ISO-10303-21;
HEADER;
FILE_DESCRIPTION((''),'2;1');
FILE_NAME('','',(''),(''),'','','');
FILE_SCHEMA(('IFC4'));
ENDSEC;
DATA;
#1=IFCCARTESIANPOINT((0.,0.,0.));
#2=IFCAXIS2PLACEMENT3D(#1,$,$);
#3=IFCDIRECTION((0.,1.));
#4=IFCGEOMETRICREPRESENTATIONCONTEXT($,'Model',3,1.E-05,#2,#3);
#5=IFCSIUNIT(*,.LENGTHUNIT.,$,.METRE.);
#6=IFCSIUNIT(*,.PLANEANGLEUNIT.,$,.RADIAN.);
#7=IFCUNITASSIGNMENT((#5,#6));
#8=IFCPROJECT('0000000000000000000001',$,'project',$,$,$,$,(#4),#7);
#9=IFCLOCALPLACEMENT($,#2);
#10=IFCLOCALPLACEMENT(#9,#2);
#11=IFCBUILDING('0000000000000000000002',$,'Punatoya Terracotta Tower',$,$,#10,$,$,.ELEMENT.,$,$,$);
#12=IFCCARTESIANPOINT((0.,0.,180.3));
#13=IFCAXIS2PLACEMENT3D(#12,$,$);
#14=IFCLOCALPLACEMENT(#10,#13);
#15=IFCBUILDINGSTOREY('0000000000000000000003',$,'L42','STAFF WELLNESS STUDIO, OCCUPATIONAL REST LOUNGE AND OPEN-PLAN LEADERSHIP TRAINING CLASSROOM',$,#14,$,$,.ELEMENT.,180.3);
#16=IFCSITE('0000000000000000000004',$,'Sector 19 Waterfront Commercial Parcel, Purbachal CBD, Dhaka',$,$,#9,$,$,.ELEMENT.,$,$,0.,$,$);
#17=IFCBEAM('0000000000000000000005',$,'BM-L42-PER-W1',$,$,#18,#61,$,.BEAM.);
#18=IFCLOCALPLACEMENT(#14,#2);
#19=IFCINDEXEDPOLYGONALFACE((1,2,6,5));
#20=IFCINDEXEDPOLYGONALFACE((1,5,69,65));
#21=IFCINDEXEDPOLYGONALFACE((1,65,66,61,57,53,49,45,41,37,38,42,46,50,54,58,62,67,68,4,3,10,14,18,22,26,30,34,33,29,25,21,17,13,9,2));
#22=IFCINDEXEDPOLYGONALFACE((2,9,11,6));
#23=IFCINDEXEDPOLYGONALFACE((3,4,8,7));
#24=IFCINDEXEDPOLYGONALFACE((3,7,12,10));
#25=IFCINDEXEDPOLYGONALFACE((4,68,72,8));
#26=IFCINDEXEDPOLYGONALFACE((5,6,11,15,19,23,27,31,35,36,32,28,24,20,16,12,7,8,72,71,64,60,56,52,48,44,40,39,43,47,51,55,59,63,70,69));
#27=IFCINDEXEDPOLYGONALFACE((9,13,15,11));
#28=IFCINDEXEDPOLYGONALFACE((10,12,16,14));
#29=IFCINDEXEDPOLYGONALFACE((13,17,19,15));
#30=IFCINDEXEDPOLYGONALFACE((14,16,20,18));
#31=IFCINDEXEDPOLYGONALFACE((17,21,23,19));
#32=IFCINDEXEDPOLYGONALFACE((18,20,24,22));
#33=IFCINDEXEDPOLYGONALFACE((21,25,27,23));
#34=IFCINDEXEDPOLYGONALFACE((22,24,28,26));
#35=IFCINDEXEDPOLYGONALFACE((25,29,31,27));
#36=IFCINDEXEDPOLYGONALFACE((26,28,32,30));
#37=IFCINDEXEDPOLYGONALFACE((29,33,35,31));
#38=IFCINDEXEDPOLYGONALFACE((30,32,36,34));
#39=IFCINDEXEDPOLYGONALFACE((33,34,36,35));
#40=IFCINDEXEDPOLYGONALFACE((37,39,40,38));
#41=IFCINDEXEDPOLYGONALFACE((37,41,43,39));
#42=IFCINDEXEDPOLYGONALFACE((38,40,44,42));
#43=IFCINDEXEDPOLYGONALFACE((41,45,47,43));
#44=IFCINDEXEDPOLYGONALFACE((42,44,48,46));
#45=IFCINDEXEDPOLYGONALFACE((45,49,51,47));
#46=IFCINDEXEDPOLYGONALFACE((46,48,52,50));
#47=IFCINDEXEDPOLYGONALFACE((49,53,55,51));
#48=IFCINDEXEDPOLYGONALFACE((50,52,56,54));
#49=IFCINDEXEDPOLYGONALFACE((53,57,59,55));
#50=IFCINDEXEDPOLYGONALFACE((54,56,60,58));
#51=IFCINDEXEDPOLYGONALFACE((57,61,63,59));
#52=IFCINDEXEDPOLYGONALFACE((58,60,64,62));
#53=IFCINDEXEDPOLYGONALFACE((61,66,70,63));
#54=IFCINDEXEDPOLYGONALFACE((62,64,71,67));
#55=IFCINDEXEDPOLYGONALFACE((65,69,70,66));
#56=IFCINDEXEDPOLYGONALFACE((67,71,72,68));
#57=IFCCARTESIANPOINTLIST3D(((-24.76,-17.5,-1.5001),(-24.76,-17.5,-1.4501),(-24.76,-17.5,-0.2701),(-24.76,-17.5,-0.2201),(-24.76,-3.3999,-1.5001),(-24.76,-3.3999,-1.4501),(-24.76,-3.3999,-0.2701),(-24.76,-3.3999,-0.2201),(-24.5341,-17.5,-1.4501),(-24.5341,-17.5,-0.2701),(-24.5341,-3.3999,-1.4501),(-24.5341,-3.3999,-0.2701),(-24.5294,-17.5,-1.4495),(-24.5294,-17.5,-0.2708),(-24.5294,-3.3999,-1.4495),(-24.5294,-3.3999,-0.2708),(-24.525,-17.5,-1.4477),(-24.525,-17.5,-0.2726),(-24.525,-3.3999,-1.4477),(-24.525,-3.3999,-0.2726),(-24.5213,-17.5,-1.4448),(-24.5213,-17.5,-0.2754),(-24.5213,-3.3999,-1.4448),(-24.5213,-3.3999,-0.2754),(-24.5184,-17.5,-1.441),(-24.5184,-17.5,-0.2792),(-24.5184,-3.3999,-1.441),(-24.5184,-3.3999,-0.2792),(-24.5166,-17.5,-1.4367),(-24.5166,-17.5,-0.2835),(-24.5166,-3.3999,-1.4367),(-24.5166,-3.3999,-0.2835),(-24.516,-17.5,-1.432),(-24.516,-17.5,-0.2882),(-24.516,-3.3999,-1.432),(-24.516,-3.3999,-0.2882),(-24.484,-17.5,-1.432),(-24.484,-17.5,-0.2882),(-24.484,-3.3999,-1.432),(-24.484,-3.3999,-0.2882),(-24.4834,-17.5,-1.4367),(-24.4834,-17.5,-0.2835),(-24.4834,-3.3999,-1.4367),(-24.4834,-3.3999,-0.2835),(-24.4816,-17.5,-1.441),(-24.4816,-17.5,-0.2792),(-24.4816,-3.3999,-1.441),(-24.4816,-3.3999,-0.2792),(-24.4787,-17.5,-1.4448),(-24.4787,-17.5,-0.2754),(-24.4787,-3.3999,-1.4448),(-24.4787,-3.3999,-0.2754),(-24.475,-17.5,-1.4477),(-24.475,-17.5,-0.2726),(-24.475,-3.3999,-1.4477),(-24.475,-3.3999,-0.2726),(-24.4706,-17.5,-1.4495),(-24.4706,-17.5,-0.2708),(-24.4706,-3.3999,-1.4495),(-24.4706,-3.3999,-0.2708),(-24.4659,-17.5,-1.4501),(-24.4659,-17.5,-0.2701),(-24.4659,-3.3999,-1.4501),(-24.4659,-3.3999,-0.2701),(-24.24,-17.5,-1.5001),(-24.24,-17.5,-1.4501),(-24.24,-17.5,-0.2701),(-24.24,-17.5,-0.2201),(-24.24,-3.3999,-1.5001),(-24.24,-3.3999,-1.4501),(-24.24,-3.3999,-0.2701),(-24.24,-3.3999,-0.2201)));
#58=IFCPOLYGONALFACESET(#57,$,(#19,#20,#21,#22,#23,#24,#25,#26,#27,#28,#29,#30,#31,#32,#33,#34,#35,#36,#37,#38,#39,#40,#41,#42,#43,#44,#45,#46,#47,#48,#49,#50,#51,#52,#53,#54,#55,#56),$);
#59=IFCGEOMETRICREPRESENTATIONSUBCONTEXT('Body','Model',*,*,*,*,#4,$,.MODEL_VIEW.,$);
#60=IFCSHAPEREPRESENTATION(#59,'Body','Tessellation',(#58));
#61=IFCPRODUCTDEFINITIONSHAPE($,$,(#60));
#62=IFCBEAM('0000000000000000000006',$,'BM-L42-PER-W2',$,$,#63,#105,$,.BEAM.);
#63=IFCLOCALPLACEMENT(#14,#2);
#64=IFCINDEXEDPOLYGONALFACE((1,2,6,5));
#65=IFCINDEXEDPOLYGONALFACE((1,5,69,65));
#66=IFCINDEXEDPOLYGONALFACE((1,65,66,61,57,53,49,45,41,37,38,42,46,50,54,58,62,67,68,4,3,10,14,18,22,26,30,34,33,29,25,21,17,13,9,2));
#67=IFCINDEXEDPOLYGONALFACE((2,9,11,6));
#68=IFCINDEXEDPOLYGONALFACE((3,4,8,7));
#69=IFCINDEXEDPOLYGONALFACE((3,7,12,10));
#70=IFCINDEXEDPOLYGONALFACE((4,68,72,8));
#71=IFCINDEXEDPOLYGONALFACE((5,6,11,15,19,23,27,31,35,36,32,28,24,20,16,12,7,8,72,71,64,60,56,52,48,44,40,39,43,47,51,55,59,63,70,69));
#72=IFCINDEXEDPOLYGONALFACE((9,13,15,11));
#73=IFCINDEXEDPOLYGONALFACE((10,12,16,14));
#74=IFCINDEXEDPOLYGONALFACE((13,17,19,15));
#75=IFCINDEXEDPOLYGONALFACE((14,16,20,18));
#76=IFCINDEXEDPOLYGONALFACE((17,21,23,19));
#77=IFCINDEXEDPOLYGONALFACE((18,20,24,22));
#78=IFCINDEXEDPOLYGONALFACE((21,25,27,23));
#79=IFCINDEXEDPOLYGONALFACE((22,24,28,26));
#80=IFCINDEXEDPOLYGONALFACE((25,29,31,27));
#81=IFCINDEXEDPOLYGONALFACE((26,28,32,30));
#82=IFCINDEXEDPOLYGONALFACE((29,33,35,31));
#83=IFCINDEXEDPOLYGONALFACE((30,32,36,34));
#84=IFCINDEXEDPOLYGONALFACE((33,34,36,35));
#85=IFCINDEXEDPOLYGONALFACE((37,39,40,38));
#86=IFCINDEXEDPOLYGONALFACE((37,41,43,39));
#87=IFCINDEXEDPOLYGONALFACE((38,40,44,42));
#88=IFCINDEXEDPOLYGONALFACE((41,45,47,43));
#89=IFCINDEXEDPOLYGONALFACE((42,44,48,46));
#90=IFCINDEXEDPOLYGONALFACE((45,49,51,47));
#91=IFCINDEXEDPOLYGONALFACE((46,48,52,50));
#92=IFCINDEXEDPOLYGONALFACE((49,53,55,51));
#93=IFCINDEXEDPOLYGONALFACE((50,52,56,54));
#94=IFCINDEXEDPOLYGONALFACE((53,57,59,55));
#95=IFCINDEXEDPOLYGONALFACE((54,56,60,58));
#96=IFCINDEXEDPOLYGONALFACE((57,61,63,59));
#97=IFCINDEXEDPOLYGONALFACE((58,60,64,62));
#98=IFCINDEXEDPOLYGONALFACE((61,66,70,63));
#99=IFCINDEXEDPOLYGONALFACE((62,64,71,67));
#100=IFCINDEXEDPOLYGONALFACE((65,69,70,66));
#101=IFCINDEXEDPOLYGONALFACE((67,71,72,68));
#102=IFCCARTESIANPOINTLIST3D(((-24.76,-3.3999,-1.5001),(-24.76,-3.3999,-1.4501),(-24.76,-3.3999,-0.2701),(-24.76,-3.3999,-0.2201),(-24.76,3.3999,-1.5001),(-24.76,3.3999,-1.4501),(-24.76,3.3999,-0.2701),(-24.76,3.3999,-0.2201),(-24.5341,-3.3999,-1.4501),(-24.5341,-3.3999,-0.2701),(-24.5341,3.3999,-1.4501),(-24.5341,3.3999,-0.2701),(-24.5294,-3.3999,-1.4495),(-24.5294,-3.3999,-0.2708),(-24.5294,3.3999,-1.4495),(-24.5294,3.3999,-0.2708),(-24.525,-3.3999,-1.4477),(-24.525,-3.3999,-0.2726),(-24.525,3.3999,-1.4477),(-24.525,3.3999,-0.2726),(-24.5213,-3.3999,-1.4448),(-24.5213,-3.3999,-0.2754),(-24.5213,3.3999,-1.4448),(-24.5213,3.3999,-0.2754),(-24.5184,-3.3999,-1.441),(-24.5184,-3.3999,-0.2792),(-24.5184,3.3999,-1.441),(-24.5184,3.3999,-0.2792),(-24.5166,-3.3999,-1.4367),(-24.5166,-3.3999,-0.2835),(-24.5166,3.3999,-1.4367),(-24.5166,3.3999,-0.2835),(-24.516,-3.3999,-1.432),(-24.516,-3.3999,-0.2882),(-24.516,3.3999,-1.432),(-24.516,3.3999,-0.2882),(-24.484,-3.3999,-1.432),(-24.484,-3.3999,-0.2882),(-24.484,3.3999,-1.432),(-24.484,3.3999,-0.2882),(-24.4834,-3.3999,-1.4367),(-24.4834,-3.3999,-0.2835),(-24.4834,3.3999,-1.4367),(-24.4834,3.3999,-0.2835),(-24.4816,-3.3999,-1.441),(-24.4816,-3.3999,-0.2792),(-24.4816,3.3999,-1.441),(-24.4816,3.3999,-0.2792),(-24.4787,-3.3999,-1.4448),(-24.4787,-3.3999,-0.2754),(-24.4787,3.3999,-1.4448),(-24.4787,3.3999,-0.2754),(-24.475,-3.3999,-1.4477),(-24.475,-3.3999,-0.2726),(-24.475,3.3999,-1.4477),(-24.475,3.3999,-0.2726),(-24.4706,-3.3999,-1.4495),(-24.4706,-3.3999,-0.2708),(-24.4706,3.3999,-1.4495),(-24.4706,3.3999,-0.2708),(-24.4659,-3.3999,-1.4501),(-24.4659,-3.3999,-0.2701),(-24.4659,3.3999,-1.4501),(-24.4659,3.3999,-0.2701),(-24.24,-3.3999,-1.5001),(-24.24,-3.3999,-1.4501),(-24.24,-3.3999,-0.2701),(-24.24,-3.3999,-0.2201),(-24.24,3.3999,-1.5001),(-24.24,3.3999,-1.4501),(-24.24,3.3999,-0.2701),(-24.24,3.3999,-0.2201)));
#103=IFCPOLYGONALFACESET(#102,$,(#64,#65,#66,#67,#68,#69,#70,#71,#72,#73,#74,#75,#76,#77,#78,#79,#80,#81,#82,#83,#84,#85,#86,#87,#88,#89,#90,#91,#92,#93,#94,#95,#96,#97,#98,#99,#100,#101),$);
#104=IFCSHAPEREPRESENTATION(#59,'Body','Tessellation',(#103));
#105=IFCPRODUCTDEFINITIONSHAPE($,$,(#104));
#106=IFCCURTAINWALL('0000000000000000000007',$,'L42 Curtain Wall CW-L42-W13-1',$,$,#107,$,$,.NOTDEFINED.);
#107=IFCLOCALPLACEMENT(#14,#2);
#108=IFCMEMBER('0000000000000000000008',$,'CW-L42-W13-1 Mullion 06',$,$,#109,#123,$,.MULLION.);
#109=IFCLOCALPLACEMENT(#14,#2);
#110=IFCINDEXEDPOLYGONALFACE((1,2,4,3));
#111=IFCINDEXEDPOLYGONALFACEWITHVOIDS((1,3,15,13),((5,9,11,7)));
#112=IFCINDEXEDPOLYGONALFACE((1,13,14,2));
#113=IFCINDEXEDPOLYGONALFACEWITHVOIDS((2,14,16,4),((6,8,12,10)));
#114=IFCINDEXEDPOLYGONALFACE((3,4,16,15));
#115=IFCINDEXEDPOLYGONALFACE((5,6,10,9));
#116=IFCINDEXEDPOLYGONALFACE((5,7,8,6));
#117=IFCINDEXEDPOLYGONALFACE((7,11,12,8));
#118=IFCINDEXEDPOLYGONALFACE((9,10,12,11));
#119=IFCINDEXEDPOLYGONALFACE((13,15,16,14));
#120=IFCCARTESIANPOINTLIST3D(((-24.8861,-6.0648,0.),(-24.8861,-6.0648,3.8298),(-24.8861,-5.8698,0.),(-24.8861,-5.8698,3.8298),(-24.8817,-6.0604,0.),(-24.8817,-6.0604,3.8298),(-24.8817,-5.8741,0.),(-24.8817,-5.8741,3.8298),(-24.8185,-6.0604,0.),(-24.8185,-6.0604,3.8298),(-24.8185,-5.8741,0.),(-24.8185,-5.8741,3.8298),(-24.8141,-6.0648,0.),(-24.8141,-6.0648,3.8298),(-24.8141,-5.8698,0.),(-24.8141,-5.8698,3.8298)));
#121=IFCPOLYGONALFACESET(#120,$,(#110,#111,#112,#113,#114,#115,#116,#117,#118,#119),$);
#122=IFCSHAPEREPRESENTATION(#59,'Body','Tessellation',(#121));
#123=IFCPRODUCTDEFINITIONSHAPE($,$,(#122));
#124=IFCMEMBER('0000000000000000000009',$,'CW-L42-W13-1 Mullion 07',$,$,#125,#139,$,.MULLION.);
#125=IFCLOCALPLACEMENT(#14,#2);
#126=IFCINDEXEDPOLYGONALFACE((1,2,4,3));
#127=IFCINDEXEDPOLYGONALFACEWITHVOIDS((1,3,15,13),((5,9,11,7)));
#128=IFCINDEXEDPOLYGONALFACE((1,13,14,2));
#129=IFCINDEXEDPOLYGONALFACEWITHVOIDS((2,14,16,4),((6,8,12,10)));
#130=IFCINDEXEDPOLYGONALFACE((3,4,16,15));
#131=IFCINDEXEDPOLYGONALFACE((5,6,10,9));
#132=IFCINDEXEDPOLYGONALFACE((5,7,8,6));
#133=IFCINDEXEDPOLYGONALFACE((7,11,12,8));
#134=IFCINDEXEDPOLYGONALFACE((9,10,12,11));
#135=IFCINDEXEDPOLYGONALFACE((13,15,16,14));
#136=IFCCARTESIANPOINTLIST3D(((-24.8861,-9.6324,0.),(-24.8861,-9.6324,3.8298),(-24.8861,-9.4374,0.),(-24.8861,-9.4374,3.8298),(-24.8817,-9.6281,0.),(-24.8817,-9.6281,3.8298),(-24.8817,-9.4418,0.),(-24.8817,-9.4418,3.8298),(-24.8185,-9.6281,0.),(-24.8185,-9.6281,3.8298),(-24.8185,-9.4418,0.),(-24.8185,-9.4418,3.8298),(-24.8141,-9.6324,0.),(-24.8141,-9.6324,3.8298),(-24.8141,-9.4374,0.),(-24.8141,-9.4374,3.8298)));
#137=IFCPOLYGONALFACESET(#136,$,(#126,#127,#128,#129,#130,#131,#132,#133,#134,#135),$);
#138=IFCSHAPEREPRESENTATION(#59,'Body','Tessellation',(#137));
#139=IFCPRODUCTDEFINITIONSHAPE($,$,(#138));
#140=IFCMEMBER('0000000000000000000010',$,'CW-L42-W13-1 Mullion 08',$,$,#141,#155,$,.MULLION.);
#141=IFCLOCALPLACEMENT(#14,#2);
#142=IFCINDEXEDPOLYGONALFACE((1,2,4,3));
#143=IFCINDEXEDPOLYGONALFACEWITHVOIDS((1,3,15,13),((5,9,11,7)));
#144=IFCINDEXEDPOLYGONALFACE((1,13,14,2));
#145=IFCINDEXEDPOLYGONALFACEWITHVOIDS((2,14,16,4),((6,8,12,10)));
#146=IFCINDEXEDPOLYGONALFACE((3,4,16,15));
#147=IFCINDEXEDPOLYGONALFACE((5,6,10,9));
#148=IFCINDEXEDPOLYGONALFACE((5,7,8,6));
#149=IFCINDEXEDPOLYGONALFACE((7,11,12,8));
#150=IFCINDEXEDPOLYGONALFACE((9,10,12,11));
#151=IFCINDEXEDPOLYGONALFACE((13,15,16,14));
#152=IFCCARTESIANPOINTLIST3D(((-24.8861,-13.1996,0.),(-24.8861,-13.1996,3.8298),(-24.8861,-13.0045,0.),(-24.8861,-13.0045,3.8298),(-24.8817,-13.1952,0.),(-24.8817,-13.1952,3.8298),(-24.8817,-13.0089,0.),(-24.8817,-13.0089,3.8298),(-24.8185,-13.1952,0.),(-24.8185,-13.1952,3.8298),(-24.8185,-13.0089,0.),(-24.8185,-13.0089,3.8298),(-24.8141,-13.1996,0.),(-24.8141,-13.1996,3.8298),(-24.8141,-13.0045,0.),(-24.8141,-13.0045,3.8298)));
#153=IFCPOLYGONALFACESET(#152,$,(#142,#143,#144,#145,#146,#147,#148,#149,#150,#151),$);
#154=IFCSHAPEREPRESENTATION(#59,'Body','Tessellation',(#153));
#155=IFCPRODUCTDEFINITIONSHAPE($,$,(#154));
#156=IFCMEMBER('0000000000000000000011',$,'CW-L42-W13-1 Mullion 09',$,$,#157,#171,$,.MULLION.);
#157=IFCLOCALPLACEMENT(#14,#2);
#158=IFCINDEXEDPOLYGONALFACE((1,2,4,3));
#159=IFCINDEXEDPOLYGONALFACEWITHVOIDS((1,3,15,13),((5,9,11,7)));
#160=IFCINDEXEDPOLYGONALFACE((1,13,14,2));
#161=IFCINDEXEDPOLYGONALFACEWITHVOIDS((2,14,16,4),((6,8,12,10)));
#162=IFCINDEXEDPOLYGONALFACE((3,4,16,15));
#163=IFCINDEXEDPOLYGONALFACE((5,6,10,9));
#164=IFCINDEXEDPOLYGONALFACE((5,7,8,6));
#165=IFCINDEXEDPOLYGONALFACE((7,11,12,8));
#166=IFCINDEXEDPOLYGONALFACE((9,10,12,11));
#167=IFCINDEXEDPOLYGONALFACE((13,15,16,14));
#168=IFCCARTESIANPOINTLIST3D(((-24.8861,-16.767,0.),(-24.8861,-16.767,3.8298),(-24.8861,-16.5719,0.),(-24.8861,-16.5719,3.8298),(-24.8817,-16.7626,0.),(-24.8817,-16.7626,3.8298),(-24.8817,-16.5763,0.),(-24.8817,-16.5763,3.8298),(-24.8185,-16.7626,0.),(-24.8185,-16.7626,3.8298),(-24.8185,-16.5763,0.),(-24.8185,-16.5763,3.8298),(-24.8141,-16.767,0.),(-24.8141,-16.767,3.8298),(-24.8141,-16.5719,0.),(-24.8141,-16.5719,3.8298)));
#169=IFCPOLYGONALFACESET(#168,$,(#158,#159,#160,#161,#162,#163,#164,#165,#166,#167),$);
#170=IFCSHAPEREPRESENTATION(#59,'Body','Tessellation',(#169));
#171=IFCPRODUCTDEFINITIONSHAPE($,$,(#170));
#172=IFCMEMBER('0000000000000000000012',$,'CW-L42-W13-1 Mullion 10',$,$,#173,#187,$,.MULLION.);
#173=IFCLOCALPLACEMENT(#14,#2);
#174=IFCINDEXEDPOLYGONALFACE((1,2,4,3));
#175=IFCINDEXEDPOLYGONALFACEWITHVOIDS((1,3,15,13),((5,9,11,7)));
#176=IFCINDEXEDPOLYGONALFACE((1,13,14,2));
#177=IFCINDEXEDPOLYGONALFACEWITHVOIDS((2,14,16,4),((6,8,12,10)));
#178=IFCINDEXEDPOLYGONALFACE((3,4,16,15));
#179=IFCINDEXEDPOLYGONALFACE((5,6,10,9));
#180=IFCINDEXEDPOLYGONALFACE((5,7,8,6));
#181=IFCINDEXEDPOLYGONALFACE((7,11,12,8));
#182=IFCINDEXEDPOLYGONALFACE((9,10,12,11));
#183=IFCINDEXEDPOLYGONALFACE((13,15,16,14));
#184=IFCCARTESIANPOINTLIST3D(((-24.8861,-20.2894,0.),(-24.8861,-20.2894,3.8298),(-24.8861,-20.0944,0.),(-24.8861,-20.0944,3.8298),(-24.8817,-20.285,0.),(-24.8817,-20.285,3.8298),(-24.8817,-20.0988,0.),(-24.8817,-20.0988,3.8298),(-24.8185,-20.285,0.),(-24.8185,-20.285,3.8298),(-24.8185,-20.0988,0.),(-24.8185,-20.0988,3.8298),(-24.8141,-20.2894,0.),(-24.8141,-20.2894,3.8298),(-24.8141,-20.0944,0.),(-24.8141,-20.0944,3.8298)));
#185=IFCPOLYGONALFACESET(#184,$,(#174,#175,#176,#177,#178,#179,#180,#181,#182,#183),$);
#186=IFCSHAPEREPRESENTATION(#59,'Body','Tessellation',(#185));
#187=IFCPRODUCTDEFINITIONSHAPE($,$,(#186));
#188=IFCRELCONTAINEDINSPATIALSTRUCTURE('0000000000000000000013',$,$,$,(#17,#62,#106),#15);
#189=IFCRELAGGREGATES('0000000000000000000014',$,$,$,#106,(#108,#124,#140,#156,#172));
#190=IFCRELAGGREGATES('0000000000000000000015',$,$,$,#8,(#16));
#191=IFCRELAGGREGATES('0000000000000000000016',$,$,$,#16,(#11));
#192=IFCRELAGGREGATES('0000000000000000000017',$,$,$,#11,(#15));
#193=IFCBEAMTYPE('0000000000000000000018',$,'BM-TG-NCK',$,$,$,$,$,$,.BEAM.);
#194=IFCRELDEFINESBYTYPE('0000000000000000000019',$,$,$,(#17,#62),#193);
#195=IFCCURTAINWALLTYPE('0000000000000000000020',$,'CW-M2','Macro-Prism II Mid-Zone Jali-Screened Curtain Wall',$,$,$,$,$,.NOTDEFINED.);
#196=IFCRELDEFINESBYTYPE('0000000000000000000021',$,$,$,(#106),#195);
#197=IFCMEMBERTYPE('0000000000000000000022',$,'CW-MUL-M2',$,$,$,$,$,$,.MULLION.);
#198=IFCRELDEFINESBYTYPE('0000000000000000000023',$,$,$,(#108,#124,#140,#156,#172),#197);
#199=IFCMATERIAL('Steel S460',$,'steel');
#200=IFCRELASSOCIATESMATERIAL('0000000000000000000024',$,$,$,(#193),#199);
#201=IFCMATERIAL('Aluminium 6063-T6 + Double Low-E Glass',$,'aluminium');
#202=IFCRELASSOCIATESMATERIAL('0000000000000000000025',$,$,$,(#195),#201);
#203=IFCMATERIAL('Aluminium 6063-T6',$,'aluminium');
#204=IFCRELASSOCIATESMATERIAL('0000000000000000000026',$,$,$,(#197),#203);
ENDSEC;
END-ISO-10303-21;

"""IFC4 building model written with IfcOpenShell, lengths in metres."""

from ifc_helpers import new_model, si_unit, direction, frame, origin, origin_2d, place, context, subcontext, project, spatial, hollow_rectangle, i_section, extrude, material, material_profile, profile_set, type_object, element, aggregate, save


model = new_model("IFC4")

# Units and contexts
model_context = context("Model", 3, precision=1e-05, world=origin(), true_north=direction((0.0, 1.0)))
body_context = subcontext(model_context, "Body", "Model", "MODEL_VIEW")
ifc_project = project(units=[si_unit("LENGTHUNIT", "METRE"), si_unit("PLANEANGLEUNIT", "RADIAN")], contexts=[model_context])

# Site, building, storey
site_placement = place(None, origin())
site = spatial("IfcSite", under=ifc_project, at=site_placement, Name="Sector 19 Waterfront Commercial Parcel, Purbachal CBD, Dhaka", CompositionType="ELEMENT", RefElevation=0.0)
building_placement = place(site_placement, origin())
building = spatial("IfcBuilding", under=site, at=building_placement, Name="Punatoya Terracotta Tower", CompositionType="ELEMENT")
storey_placement = place(building_placement, frame((0.0, 0.0, 180.3)))
storey = spatial("IfcBuildingStorey", under=building, at=storey_placement, Name="L42", Description="STAFF WELLNESS STUDIO, OCCUPATIONAL REST LOUNGE AND OPEN-PLAN LEADERSHIP TRAINING CLASSROOM", CompositionType="ELEMENT", Elevation=180.3)

# Shared definitions
ifc_material_1 = material(Name="Steel S460", Category="steel")

# Beams
ifc_material_profile_1 = material_profile(ifc_material_1, i_section(OverallWidth=0.52, OverallDepth=1.28, WebThickness=0.032, FlangeThickness=0.05, FilletRadius=0.0181, at=origin_2d()))
ifc_profile_set_1 = profile_set([ifc_material_profile_1], Name="Steel S460")
beam_type_1 = type_object("IfcBeamType", Name="BM-TG-NCK", PredefinedType="BEAM", material=ifc_profile_set_1)
beam_1_placement = place(storey_placement, frame((-24.5, -17.5, -0.8601), z_axis=(0.0, 1.0, 0.0), x_axis=(-1.0, 0.0, 0.0)))
element("IfcBeam", 1, at=beam_1_placement, inside=storey, type_object=beam_type_1, Name="BM-L42-PER-W1", PredefinedType="BEAM", context=body_context, shape_type="SweptSolid", body=[
    extrude(i_section(OverallWidth=0.52, OverallDepth=1.28, WebThickness=0.032, FlangeThickness=0.05, FilletRadius=0.0181, at=origin_2d()), origin(), (0.0, 0.0, 1.0), 14.1001),
])
beam_2_placement = place(storey_placement, frame((-24.5, -3.3999, -0.8601), z_axis=(0.0, 1.0, 0.0), x_axis=(-1.0, 0.0, 0.0)))
element("IfcBeam", 2, at=beam_2_placement, inside=storey, type_object=beam_type_1, Name="BM-L42-PER-W2", PredefinedType="BEAM", context=body_context, shape_type="SweptSolid", body=[
    extrude(i_section(OverallWidth=0.52, OverallDepth=1.28, WebThickness=0.032, FlangeThickness=0.05, FilletRadius=0.0181, at=origin_2d()), origin(), (0.0, 0.0, 1.0), 6.7998),
])

# Curtain wall, members
ifc_material_2 = material(Name="Aluminium 6063-T6 + Double Low-E Glass", Category="aluminium")
curtain_wall_type = type_object("IfcCurtainWallType", Name="CW-M2", Description="Macro-Prism II Mid-Zone Jali-Screened Curtain Wall", PredefinedType="NOTDEFINED", material=ifc_material_2)
curtain_wall_placement = place(storey_placement, origin())
curtain_wall = element("IfcCurtainWall", 3, at=curtain_wall_placement, inside=storey, type_object=curtain_wall_type, Name="L42 Curtain Wall CW-L42-W13-1", PredefinedType="NOTDEFINED")
ifc_material_3 = material(Name="Aluminium 6063-T6", Category="aluminium")
ifc_material_profile_2 = material_profile(ifc_material_3, hollow_rectangle(XDim=0.072, YDim=0.1951, WallThickness=0.0044, at=origin_2d()))
ifc_profile_set_2 = profile_set([ifc_material_profile_2], Name="Aluminium 6063-T6")
member_type = type_object("IfcMemberType", Name="CW-MUL-M2", PredefinedType="MULLION", material=ifc_profile_set_2)
member_1_placement = place(storey_placement, frame((-24.8501, -5.9673, 0.0), z_axis=(0.0, 0.0, 1.0), x_axis=(1.0, 0.0, 0.0)))
member_1 = element("IfcMember", 4, at=member_1_placement, type_object=member_type, Name="CW-L42-W13-1 Mullion 06", PredefinedType="MULLION", context=body_context, shape_type="SweptSolid", body=[
    extrude(hollow_rectangle(XDim=0.072, YDim=0.1951, WallThickness=0.0044, at=origin_2d()), origin(), (0.0, 0.0, 1.0), 3.8298),
])
member_2_placement = place(storey_placement, frame((-24.8501, -9.5349, 0.0), z_axis=(0.0, 0.0, 1.0), x_axis=(1.0, 0.0, 0.0)))
member_2 = element("IfcMember", 5, at=member_2_placement, type_object=member_type, Name="CW-L42-W13-1 Mullion 07", PredefinedType="MULLION", context=body_context, shape_type="SweptSolid", body=[
    extrude(hollow_rectangle(XDim=0.072, YDim=0.1951, WallThickness=0.0044, at=origin_2d()), origin(), (0.0, 0.0, 1.0), 3.8298),
])
member_3_placement = place(storey_placement, frame((-24.8501, -13.1021, 0.0), z_axis=(0.0, 0.0, 1.0), x_axis=(1.0, 0.0, 0.0)))
member_3 = element("IfcMember", 6, at=member_3_placement, type_object=member_type, Name="CW-L42-W13-1 Mullion 08", PredefinedType="MULLION", context=body_context, shape_type="SweptSolid", body=[
    extrude(hollow_rectangle(XDim=0.072, YDim=0.1951, WallThickness=0.0044, at=origin_2d()), origin(), (0.0, 0.0, 1.0), 3.8298),
])
member_4_placement = place(storey_placement, frame((-24.8501, -16.6694, 0.0), z_axis=(0.0, 0.0, 1.0), x_axis=(1.0, 0.0, 0.0)))
member_4 = element("IfcMember", 7, at=member_4_placement, type_object=member_type, Name="CW-L42-W13-1 Mullion 09", PredefinedType="MULLION", context=body_context, shape_type="SweptSolid", body=[
    extrude(hollow_rectangle(XDim=0.072, YDim=0.1951, WallThickness=0.0044, at=origin_2d()), origin(), (0.0, 0.0, 1.0), 3.8298),
])
member_5_placement = place(storey_placement, frame((-24.8501, -20.1919, 0.0), z_axis=(0.0, 0.0, 1.0), x_axis=(1.0, 0.0, 0.0)))
member_5 = element("IfcMember", 8, at=member_5_placement, type_object=member_type, Name="CW-L42-W13-1 Mullion 10", PredefinedType="MULLION", context=body_context, shape_type="SweptSolid", body=[
    extrude(hollow_rectangle(XDim=0.072, YDim=0.1951, WallThickness=0.0044, at=origin_2d()), origin(), (0.0, 0.0, 1.0), 3.8298),
])
aggregate(curtain_wall, [member_1, member_2, member_3, member_4, member_5])

save(model, "model.ifc")
